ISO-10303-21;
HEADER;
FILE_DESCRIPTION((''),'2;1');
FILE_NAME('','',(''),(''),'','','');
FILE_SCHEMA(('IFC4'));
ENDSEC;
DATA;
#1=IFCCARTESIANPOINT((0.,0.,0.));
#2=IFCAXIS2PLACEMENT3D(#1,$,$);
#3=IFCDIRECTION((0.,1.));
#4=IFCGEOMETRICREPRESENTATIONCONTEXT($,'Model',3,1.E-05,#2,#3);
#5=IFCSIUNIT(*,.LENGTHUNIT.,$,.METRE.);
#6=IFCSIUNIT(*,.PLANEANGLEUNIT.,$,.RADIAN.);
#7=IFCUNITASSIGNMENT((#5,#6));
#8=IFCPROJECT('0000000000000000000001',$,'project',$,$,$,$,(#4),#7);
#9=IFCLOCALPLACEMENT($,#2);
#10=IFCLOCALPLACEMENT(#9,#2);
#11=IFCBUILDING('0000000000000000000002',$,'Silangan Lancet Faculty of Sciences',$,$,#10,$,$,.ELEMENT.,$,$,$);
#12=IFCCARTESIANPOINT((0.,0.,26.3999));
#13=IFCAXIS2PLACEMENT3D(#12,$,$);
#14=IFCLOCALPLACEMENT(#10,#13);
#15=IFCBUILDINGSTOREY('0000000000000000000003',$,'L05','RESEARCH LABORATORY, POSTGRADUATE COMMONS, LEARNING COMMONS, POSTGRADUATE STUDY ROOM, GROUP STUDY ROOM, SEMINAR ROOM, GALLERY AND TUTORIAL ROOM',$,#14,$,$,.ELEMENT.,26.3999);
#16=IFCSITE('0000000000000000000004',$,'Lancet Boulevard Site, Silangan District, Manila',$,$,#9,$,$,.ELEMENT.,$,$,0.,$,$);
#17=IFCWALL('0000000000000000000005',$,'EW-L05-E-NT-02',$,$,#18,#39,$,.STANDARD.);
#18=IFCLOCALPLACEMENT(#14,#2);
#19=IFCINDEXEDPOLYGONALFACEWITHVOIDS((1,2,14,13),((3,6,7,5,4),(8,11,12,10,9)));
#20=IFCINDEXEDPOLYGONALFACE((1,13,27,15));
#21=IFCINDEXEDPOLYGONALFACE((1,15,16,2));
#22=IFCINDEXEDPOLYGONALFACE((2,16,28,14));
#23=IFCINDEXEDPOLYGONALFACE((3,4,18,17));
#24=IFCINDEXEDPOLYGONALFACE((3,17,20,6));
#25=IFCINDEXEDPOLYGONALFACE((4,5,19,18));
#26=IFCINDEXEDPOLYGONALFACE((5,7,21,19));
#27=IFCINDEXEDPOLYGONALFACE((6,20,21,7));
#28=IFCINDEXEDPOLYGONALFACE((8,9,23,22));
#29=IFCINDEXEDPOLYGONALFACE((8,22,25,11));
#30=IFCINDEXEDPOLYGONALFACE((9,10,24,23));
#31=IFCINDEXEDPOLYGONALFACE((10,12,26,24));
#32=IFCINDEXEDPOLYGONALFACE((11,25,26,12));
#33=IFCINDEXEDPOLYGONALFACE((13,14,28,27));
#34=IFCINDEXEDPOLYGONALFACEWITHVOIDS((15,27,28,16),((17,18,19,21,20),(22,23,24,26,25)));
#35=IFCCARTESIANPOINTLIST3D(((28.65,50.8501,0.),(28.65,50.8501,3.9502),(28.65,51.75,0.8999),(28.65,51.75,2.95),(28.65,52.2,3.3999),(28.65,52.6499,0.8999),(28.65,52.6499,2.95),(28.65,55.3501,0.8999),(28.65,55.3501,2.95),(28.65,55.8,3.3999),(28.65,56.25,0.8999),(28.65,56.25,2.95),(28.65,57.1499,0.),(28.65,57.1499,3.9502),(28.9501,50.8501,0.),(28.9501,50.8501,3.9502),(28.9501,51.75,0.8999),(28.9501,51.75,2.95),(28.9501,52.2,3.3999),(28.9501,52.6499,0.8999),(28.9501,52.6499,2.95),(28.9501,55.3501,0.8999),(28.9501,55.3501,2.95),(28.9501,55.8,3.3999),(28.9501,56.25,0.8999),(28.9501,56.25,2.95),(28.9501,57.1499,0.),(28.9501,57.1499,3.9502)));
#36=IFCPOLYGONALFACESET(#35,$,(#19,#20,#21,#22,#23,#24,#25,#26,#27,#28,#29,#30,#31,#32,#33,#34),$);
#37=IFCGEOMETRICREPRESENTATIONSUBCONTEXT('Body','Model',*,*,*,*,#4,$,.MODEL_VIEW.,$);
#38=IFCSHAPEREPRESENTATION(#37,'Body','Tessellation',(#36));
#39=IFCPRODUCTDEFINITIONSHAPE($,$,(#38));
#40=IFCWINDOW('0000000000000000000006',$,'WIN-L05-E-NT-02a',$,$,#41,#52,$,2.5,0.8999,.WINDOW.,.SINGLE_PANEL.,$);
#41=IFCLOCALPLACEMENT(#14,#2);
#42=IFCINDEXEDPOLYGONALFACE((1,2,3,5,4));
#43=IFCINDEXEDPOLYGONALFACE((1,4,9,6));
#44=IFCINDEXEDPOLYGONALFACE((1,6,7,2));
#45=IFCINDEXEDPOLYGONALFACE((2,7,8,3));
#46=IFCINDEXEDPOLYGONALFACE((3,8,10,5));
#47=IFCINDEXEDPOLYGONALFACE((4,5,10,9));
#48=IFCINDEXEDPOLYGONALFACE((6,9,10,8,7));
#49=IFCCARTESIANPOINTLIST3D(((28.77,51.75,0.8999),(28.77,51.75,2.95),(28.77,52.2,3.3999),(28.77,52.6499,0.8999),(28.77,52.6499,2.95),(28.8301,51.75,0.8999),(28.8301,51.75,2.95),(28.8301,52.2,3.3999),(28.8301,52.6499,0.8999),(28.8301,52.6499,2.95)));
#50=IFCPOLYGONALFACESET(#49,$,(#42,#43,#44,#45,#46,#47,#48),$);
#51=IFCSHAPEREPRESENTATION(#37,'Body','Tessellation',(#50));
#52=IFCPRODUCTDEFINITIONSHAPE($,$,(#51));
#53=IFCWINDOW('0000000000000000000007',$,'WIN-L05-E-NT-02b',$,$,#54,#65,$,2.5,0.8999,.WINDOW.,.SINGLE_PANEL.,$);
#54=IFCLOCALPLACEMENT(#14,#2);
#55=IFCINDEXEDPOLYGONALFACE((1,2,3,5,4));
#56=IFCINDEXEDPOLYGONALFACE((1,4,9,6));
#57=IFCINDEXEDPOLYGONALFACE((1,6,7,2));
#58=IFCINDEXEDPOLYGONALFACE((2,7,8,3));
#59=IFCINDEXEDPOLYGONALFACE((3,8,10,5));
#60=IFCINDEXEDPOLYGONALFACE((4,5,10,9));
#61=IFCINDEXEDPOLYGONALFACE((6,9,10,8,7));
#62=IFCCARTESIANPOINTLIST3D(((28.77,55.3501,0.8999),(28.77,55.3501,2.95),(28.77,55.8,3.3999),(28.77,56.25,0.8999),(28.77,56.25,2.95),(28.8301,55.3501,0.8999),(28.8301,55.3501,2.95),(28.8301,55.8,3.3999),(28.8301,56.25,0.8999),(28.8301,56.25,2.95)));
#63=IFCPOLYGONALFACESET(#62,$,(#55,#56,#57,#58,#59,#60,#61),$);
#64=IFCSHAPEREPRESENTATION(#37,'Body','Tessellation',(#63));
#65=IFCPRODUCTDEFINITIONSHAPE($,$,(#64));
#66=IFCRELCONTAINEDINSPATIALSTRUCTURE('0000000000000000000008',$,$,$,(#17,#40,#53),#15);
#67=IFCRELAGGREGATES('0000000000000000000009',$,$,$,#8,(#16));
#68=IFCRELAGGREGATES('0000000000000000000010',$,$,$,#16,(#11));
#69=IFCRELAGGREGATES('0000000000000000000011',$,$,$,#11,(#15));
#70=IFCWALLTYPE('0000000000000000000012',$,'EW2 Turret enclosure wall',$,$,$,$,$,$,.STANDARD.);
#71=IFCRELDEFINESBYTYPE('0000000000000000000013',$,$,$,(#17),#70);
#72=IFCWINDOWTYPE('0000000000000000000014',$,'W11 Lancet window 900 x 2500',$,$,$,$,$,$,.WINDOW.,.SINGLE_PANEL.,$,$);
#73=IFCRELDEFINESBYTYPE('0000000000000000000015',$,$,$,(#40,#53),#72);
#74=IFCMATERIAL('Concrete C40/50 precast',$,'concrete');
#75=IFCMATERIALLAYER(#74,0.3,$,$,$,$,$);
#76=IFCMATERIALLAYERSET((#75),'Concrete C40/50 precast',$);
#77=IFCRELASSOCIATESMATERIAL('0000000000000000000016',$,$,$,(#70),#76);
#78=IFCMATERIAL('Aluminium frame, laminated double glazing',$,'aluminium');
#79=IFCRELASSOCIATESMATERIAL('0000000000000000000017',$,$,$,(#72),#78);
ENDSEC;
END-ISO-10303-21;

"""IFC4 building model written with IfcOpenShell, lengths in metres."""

from ifc_helpers import new_model, si_unit, direction, frame, frame_2d, origin, place, context, subcontext, project, spatial, polyline, rectangle, outline, extrude, material, layer, layer_set, type_object, element, fill, save


model = new_model("IFC4")

# Units and contexts
model_context = context("Model", 3, precision=1e-05, world=origin(), true_north=direction((0.0, 1.0)))
body_context = subcontext(model_context, "Body", "Model", "MODEL_VIEW")
ifc_project = project(units=[si_unit("LENGTHUNIT", "METRE"), si_unit("PLANEANGLEUNIT", "RADIAN")], contexts=[model_context])

# Site, building, storey
site_placement = place(None, origin())
site = spatial("IfcSite", under=ifc_project, at=site_placement, Name="Lancet Boulevard Site, Silangan District, Manila", CompositionType="ELEMENT", RefElevation=0.0)
building_placement = place(site_placement, origin())
building = spatial("IfcBuilding", under=site, at=building_placement, Name="Silangan Lancet Faculty of Sciences", CompositionType="ELEMENT")
storey_placement = place(building_placement, frame((0.0, 0.0, 26.3999)))
storey = spatial("IfcBuildingStorey", under=building, at=storey_placement, Name="L05", Description="RESEARCH LABORATORY, POSTGRADUATE COMMONS, LEARNING COMMONS, POSTGRADUATE STUDY ROOM, GROUP STUDY ROOM, SEMINAR ROOM, GALLERY AND TUTORIAL ROOM", CompositionType="ELEMENT", Elevation=26.3999)

# Wall, openings, windows
ifc_material_1 = material(Name="Concrete C40/50 precast", Category="concrete")
ifc_layer_1 = layer(ifc_material_1, 0.3)
ifc_layer_set_1 = layer_set([ifc_layer_1], Name="Concrete C40/50 precast")
wall_type_1 = type_object("IfcWallType", Name="EW2 Turret enclosure wall", PredefinedType="STANDARD", material=ifc_layer_set_1)
wall_1_placement = place(storey_placement, frame((28.8, 50.8501, 0.0), z_axis=(0.0, 0.0, 1.0), x_axis=(0.0, 1.0, 0.0)))
wall_1 = element("IfcWall", 1, at=wall_1_placement, inside=storey, type_object=wall_type_1, Name="EW-L05-E-NT-02", PredefinedType="STANDARD", context=body_context, shape_type="SweptSolid", body=[
    extrude(rectangle(XDim=6.2998, YDim=0.3, at=frame_2d((3.1499, 0.0))), origin(), (0.0, 0.0, 1.0), 3.9502),
])
opening_1_placement = place(wall_1_placement, frame((0.8999, 0.0, 0.8999)))
opening_1 = element("IfcOpeningElement", 2, at=opening_1_placement, cuts=wall_1, PredefinedType="OPENING", context=body_context, shape_type="SweptSolid", body=[
    extrude(outline(polyline([(0.0, 0.0), (0.8999, 0.0), (0.8999, 2.05), (0.45, 2.5), (0.0, 2.05), (0.0, 0.0)])), frame((0.0, 0.1599, 0.0), z_axis=(0.0, -1.0, 0.0), x_axis=(1.0, 0.0, 0.0)), (0.0, 0.0, 1.0), 0.3201),
])
opening_2_placement = place(wall_1_placement, frame((4.5, 0.0, 0.8999)))
opening_2 = element("IfcOpeningElement", 3, at=opening_2_placement, cuts=wall_1, PredefinedType="OPENING", context=body_context, shape_type="SweptSolid", body=[
    extrude(outline(polyline([(0.0, 0.0), (0.8999, 0.0), (0.8999, 2.05), (0.45, 2.5), (0.0, 2.05), (0.0, 0.0)])), frame((0.0, 0.1599, 0.0), z_axis=(0.0, -1.0, 0.0), x_axis=(1.0, 0.0, 0.0)), (0.0, 0.0, 1.0), 0.3201),
])
ifc_material_2 = material(Name="Aluminium frame, laminated double glazing", Category="aluminium")
window_type_1 = type_object("IfcWindowType", Name="W11 Lancet window 900 x 2500", PartitioningType="SINGLE_PANEL", PredefinedType="WINDOW", material=ifc_material_2)
window_1_placement = place(opening_1_placement, origin())
window_1 = element("IfcWindow", 4, at=window_1_placement, inside=storey, type_object=window_type_1, Name="WIN-L05-E-NT-02a", OverallHeight=2.5, OverallWidth=0.8999, PartitioningType="SINGLE_PANEL", PredefinedType="WINDOW", context=body_context, shape_type="SweptSolid", body=[
    extrude(outline(polyline([(0.0, 0.0), (0.8999, 0.0), (0.8999, 2.05), (0.45, 2.5), (0.0, 2.05), (0.0, 0.0)])), frame((0.0, 0.03, 0.0), z_axis=(0.0, -1.0, 0.0), x_axis=(1.0, 0.0, 0.0)), (0.0, 0.0, 1.0), 0.0601),
])
fill(opening_1, window_1)
window_2_placement = place(opening_2_placement, origin())
window_2 = element("IfcWindow", 5, at=window_2_placement, inside=storey, type_object=window_type_1, Name="WIN-L05-E-NT-02b", OverallHeight=2.5, OverallWidth=0.8999, PartitioningType="SINGLE_PANEL", PredefinedType="WINDOW", context=body_context, shape_type="SweptSolid", body=[
    extrude(outline(polyline([(0.0, 0.0), (0.8999, 0.0), (0.8999, 2.05), (0.45, 2.5), (0.0, 2.05), (0.0, 0.0)])), frame((0.0, 0.03, 0.0), z_axis=(0.0, -1.0, 0.0), x_axis=(1.0, 0.0, 0.0)), (0.0, 0.0, 1.0), 0.0601),
])
fill(opening_2, window_2)

save(model, "model.ifc")
